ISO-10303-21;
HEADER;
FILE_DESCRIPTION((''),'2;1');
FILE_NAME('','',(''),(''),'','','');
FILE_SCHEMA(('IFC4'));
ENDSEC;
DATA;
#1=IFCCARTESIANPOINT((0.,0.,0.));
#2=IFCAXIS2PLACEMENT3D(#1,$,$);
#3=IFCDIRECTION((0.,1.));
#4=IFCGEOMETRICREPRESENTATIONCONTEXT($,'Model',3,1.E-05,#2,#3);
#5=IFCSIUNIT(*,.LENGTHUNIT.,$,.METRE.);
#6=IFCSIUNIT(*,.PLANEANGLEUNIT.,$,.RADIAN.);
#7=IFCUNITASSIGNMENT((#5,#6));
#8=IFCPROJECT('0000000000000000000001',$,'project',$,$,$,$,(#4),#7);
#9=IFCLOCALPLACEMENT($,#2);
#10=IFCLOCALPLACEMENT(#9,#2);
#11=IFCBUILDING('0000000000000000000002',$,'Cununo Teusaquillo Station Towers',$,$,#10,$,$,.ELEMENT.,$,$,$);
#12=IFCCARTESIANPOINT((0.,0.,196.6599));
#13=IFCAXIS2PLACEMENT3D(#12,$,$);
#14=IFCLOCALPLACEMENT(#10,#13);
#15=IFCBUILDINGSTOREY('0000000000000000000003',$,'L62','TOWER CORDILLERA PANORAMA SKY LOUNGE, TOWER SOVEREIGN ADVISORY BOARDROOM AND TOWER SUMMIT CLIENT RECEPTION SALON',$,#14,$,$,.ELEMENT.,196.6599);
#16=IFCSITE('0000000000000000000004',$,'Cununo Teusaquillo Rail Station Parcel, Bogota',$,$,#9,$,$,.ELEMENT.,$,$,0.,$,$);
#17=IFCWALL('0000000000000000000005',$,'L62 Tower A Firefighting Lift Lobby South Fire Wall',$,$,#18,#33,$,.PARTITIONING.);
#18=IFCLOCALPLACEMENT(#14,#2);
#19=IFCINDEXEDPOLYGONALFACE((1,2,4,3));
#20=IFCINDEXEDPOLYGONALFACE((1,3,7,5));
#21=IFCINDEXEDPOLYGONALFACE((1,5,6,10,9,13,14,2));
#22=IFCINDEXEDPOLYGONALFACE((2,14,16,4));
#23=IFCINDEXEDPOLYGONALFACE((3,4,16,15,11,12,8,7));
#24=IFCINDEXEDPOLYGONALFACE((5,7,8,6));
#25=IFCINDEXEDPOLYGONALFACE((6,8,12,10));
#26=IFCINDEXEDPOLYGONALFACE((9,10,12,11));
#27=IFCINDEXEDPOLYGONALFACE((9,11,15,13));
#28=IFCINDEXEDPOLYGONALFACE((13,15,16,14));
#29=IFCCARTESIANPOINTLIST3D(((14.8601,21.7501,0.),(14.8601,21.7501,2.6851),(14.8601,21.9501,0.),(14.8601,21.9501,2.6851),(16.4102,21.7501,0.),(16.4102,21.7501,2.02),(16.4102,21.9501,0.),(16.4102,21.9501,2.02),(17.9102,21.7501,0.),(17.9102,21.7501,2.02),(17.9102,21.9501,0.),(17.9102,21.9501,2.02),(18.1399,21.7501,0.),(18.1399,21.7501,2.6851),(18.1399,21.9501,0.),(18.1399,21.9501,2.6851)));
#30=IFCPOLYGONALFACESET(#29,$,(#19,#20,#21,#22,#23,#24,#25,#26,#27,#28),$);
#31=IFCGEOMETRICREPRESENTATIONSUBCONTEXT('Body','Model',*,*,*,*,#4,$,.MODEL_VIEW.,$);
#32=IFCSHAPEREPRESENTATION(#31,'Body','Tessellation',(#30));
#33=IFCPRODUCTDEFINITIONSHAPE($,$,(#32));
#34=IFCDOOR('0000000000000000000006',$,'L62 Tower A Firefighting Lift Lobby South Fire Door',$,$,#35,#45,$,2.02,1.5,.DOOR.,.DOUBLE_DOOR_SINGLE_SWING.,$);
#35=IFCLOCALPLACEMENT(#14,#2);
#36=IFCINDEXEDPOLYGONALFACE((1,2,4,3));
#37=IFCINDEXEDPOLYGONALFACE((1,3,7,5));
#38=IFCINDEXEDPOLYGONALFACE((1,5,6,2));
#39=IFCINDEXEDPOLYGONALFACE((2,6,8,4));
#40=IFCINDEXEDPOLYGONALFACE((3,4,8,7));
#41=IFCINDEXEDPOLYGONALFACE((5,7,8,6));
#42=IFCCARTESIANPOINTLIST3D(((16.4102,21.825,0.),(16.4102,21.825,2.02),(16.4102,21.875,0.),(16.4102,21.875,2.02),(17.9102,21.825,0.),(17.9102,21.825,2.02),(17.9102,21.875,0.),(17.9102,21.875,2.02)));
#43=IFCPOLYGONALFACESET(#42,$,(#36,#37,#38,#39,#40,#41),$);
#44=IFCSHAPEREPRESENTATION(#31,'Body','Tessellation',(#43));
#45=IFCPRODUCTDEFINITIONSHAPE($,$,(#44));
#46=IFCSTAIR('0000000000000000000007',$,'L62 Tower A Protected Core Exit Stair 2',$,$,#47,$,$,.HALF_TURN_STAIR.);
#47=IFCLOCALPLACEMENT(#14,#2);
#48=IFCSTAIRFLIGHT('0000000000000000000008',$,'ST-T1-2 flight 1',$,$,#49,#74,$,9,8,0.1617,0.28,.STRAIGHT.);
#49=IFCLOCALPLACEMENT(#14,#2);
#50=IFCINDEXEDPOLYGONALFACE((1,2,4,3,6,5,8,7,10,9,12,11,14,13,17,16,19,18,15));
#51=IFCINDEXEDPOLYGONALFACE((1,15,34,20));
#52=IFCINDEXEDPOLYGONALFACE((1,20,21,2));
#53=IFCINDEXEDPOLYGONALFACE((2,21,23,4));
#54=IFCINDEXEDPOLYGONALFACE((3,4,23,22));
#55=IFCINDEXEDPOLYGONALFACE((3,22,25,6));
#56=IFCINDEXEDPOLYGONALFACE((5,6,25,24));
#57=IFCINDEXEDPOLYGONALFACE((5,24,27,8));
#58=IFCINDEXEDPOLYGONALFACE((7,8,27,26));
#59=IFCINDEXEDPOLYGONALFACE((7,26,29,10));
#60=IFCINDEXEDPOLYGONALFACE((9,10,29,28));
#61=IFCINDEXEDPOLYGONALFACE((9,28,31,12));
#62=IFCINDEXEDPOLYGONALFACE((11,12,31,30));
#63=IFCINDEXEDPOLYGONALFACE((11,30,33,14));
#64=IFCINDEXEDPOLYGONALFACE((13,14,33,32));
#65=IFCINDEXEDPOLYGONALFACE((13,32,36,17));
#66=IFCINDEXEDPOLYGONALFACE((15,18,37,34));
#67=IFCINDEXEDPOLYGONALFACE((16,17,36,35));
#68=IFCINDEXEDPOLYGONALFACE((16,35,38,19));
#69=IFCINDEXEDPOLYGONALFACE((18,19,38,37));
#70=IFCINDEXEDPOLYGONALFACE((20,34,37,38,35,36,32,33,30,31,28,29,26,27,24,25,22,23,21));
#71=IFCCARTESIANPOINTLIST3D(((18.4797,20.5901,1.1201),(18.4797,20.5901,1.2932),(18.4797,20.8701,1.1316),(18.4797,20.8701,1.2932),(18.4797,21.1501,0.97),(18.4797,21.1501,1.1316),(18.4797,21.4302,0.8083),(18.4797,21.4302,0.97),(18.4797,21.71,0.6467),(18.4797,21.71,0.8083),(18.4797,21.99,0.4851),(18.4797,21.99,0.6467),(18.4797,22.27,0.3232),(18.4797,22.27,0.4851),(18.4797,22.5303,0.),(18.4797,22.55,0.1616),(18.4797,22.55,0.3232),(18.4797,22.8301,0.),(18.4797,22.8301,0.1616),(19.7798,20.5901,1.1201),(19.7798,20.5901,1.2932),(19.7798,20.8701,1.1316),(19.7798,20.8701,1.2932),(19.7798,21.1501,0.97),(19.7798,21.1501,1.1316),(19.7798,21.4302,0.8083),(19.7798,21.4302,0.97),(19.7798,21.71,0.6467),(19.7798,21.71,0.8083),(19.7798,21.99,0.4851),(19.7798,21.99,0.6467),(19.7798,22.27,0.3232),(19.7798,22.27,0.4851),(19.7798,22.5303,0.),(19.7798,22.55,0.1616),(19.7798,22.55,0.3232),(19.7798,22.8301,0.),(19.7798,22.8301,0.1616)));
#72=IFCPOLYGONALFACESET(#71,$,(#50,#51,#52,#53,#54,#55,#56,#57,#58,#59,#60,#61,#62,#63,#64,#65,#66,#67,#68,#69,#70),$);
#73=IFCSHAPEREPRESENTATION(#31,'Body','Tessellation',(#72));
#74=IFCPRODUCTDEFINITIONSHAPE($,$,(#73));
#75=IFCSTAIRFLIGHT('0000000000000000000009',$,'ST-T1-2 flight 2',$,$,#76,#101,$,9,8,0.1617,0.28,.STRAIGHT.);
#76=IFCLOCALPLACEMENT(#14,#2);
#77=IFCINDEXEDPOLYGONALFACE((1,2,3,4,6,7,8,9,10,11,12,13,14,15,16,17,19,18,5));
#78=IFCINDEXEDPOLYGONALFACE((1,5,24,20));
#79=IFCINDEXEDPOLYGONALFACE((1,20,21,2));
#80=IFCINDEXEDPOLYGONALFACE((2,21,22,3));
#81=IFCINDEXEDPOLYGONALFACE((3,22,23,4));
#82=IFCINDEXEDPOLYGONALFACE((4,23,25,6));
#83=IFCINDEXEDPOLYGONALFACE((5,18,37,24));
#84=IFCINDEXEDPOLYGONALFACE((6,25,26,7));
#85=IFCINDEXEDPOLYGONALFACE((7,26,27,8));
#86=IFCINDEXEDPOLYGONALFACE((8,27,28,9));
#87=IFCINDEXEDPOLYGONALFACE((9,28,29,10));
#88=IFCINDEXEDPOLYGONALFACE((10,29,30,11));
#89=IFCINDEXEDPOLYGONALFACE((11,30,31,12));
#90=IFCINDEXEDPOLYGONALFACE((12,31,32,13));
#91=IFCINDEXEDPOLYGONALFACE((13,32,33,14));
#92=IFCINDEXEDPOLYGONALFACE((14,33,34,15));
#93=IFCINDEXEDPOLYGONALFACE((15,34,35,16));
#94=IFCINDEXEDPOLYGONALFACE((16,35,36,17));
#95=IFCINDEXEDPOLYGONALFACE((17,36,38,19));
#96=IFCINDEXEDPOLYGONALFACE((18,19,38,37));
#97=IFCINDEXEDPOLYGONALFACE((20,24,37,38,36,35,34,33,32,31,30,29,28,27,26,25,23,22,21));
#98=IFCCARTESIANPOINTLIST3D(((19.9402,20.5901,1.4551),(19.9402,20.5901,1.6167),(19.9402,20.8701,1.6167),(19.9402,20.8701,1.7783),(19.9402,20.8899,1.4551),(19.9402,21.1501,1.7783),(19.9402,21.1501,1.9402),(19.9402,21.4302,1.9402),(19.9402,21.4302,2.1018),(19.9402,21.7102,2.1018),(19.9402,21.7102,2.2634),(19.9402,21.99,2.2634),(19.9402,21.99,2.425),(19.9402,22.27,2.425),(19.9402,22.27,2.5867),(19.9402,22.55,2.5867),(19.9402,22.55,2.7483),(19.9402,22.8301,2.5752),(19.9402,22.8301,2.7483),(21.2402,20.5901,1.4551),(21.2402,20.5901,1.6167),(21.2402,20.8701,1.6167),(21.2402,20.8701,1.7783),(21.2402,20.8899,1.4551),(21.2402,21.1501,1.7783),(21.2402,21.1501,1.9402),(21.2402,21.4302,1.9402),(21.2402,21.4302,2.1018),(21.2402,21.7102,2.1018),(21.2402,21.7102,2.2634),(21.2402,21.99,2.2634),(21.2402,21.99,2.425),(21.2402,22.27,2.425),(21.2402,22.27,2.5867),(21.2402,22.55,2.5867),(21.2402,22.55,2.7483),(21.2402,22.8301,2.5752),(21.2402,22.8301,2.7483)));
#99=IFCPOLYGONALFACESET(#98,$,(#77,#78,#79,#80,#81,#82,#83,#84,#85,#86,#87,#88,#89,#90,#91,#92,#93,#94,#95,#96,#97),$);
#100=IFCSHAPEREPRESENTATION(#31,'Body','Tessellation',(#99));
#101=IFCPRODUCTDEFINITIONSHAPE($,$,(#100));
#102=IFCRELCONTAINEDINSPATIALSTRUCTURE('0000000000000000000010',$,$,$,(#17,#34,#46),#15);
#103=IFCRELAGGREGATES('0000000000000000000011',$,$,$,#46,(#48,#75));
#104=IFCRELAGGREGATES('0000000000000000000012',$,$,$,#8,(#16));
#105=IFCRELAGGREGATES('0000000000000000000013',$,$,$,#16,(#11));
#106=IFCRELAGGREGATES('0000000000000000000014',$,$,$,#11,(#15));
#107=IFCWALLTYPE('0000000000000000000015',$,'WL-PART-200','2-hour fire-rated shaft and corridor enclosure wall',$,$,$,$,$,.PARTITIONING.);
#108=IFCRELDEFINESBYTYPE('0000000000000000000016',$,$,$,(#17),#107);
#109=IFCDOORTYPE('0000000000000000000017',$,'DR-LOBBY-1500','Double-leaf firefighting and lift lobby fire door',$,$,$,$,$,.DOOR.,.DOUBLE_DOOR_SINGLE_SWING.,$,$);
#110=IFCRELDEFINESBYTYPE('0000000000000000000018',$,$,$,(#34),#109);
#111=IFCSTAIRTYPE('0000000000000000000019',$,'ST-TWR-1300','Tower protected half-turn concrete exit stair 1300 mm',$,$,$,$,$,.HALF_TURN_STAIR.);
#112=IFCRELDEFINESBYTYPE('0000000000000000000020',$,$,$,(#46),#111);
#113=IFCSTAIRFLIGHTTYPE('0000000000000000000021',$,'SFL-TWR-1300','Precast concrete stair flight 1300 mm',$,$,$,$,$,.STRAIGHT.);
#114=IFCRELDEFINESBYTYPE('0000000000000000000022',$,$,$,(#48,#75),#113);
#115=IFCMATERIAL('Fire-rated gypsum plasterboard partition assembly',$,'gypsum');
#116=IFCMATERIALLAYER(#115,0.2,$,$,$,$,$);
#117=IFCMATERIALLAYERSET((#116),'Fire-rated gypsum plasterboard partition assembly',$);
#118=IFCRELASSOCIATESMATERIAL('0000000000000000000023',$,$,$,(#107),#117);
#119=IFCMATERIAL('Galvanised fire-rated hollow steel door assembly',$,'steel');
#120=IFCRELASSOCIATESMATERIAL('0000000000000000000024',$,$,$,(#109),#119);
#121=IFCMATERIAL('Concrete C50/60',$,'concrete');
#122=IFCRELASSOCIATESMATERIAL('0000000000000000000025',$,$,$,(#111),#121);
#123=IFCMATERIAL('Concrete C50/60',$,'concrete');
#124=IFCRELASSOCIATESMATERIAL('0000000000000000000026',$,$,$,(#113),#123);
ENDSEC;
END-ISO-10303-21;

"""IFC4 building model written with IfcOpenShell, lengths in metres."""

from ifc_helpers import new_model, si_unit, direction, frame, frame_2d, origin, place, context, subcontext, project, spatial, polyline, rectangle, outline, extrude, source, transform, mapped, material, layer, layer_set, type_object, element, fill, aggregate, save


model = new_model("IFC4")

# Units and contexts
model_context = context("Model", 3, precision=1e-05, world=origin(), true_north=direction((0.0, 1.0)))
body_context = subcontext(model_context, "Body", "Model", "MODEL_VIEW")
ifc_project = project(units=[si_unit("LENGTHUNIT", "METRE"), si_unit("PLANEANGLEUNIT", "RADIAN")], contexts=[model_context])

# Site, building, storey
site_placement = place(None, origin())
site = spatial("IfcSite", under=ifc_project, at=site_placement, Name="Cununo Teusaquillo Rail Station Parcel, Bogota", CompositionType="ELEMENT", RefElevation=0.0)
building_placement = place(site_placement, origin())
building = spatial("IfcBuilding", under=site, at=building_placement, Name="Cununo Teusaquillo Station Towers", CompositionType="ELEMENT")
storey_placement = place(building_placement, frame((0.0, 0.0, 196.6599)))
storey = spatial("IfcBuildingStorey", under=building, at=storey_placement, Name="L62", Description="TOWER CORDILLERA PANORAMA SKY LOUNGE, TOWER SOVEREIGN ADVISORY BOARDROOM AND TOWER SUMMIT CLIENT RECEPTION SALON", CompositionType="ELEMENT", Elevation=196.6599)

# Wall, opening, door
ifc_material_1 = material(Name="Fire-rated gypsum plasterboard partition assembly", Category="gypsum")
ifc_layer_1 = layer(ifc_material_1, 0.2)
ifc_layer_set_1 = layer_set([ifc_layer_1], Name="Fire-rated gypsum plasterboard partition assembly")
wall_type_1 = type_object("IfcWallType", Name="WL-PART-200", Description="2-hour fire-rated shaft and corridor enclosure wall", PredefinedType="PARTITIONING", material=ifc_layer_set_1)
wall_1_placement = place(storey_placement, frame((14.8601, 21.8501, 0.0), z_axis=(0.0, 0.0, 1.0), x_axis=(1.0, 0.0, 0.0)))
wall_1 = element("IfcWall", 1, at=wall_1_placement, inside=storey, type_object=wall_type_1, Name="L62 Tower A Firefighting Lift Lobby South Fire Wall", PredefinedType="PARTITIONING", context=body_context, shape_type="SweptSolid", body=[
    extrude(rectangle(XDim=3.2798, YDim=0.2, at=frame_2d((1.6399, 0.0))), origin(), (0.0, 0.0, 1.0), 2.6851),
])
shared_shape_1 = source(origin(), body_context, "Body", "SweptSolid", [
    extrude(rectangle(XDim=1.5, YDim=2.02, at=frame_2d((0.75, 1.01))), frame((0.0, 0.1099, 0.0), z_axis=(0.0, -1.0, 0.0), x_axis=(1.0, 0.0, 0.0)), (0.0, 0.0, 1.0), 0.22),
])
opening_1_placement = place(wall_1_placement, frame((1.55, 0.0, 0.0)))
opening_1 = element("IfcOpeningElement", 2, at=opening_1_placement, cuts=wall_1, PredefinedType="OPENING", context=body_context, shape_type="MappedRepresentation", body=[
    mapped(shared_shape_1, transform((0.0, 0.0, 0.0), x_axis=(1.0, 0.0, 0.0), y_axis=(0.0, 1.0, 0.0), z_axis=(0.0, 0.0, 1.0), scale=1.0)),
])
ifc_material_2 = material(Name="Galvanised fire-rated hollow steel door assembly", Category="steel")
door_type_1 = type_object("IfcDoorType", Name="DR-LOBBY-1500", Description="Double-leaf firefighting and lift lobby fire door", OperationType="DOUBLE_DOOR_SINGLE_SWING", PredefinedType="DOOR", material=ifc_material_2)
shared_shape_2 = source(origin(), body_context, "Body", "SweptSolid", [
    extrude(rectangle(XDim=1.5, YDim=2.02, at=frame_2d((0.75, 1.01))), frame((0.0, 0.0249, 0.0), z_axis=(0.0, -1.0, 0.0), x_axis=(1.0, 0.0, 0.0)), (0.0, 0.0, 1.0), 0.05),
])
door_1_placement = place(opening_1_placement, origin())
door_1 = element("IfcDoor", 3, at=door_1_placement, inside=storey, type_object=door_type_1, Name="L62 Tower A Firefighting Lift Lobby South Fire Door", OperationType="DOUBLE_DOOR_SINGLE_SWING", OverallHeight=2.02, OverallWidth=1.5, PredefinedType="DOOR", context=body_context, shape_type="MappedRepresentation", body=[
    mapped(shared_shape_2, transform((0.0, 0.0, 0.0), x_axis=(1.0, 0.0, 0.0), y_axis=(0.0, 1.0, 0.0), z_axis=(0.0, 0.0, 1.0), scale=1.0)),
])
fill(opening_1, door_1)

# Stair, stair flights
ifc_material_3 = material(Name="Concrete C50/60", Category="concrete")
stair_type = type_object("IfcStairType", Name="ST-TWR-1300", Description="Tower protected half-turn concrete exit stair 1300 mm", PredefinedType="HALF_TURN_STAIR", material=ifc_material_3)
stair_placement = place(storey_placement, origin())
stair = element("IfcStair", 4, at=stair_placement, inside=storey, type_object=stair_type, Name="L62 Tower A Protected Core Exit Stair 2", PredefinedType="HALF_TURN_STAIR")
ifc_material_4 = material(Name="Concrete C50/60", Category="concrete")
stair_flight_type = type_object("IfcStairFlightType", Name="SFL-TWR-1300", Description="Precast concrete stair flight 1300 mm", PredefinedType="STRAIGHT", material=ifc_material_4)
stair_flight_1_placement = place(storey_placement, frame((19.1299, 22.8301, 0.0), z_axis=(0.0, 0.0, 1.0), x_axis=(0.0, -1.0, 0.0)))
stair_flight_1 = element("IfcStairFlight", 5, at=stair_flight_1_placement, type_object=stair_flight_type, Name="ST-T1-2 flight 1", NumberOfRisers=9, NumberOfTreads=8, PredefinedType="STRAIGHT", RiserHeight=0.1617, TreadLength=0.28, context=body_context, shape_type="SweptSolid", body=[
    extrude(outline(polyline([(0.0, 0.0), (0.0, 0.1616), (0.28, 0.1616), (0.28, 0.3232), (0.5601, 0.3232), (0.5601, 0.4851), (0.8401, 0.4851), (0.8401, 0.6467), (1.1201, 0.6467), (1.1201, 0.8083), (1.3999, 0.8083), (1.3999, 0.97), (1.6799, 0.97), (1.6799, 1.1316), (1.96, 1.1316), (1.96, 1.2932), (2.24, 1.2932), (2.24, 1.4551), (2.24, 1.1201), (0.2998, 0.0), (0.0, 0.0)])), frame((0.0, 0.6499, 0.0), z_axis=(0.0, -1.0, 0.0), x_axis=(1.0, 0.0, 0.0)), (0.0, 0.0, 1.0), 1.3),
])
stair_flight_2_placement = place(storey_placement, frame((20.5901, 20.5901, 1.4551), z_axis=(0.0, 0.0, 1.0), x_axis=(0.0, 1.0, 0.0)))
stair_flight_2 = element("IfcStairFlight", 6, at=stair_flight_2_placement, type_object=stair_flight_type, Name="ST-T1-2 flight 2", NumberOfRisers=9, NumberOfTreads=8, PredefinedType="STRAIGHT", RiserHeight=0.1617, TreadLength=0.28, context=body_context, shape_type="SweptSolid", body=[
    extrude(outline(polyline([(0.0, 0.0), (0.0, 0.1616), (0.28, 0.1616), (0.28, 0.3232), (0.5601, 0.3232), (0.5601, 0.4851), (0.8401, 0.4851), (0.8401, 0.6467), (1.1201, 0.6467), (1.1201, 0.8083), (1.3999, 0.8083), (1.3999, 0.97), (1.6799, 0.97), (1.6799, 1.1316), (1.96, 1.1316), (1.96, 1.2932), (2.24, 1.2932), (2.24, 1.4551), (2.24, 1.1201), (0.2998, 0.0), (0.0, 0.0)])), frame((0.0, 0.6499, 0.0), z_axis=(0.0, -1.0, 0.0), x_axis=(1.0, 0.0, 0.0)), (0.0, 0.0, 1.0), 1.3),
])
aggregate(stair, [stair_flight_1, stair_flight_2])

save(model, "model.ifc")
